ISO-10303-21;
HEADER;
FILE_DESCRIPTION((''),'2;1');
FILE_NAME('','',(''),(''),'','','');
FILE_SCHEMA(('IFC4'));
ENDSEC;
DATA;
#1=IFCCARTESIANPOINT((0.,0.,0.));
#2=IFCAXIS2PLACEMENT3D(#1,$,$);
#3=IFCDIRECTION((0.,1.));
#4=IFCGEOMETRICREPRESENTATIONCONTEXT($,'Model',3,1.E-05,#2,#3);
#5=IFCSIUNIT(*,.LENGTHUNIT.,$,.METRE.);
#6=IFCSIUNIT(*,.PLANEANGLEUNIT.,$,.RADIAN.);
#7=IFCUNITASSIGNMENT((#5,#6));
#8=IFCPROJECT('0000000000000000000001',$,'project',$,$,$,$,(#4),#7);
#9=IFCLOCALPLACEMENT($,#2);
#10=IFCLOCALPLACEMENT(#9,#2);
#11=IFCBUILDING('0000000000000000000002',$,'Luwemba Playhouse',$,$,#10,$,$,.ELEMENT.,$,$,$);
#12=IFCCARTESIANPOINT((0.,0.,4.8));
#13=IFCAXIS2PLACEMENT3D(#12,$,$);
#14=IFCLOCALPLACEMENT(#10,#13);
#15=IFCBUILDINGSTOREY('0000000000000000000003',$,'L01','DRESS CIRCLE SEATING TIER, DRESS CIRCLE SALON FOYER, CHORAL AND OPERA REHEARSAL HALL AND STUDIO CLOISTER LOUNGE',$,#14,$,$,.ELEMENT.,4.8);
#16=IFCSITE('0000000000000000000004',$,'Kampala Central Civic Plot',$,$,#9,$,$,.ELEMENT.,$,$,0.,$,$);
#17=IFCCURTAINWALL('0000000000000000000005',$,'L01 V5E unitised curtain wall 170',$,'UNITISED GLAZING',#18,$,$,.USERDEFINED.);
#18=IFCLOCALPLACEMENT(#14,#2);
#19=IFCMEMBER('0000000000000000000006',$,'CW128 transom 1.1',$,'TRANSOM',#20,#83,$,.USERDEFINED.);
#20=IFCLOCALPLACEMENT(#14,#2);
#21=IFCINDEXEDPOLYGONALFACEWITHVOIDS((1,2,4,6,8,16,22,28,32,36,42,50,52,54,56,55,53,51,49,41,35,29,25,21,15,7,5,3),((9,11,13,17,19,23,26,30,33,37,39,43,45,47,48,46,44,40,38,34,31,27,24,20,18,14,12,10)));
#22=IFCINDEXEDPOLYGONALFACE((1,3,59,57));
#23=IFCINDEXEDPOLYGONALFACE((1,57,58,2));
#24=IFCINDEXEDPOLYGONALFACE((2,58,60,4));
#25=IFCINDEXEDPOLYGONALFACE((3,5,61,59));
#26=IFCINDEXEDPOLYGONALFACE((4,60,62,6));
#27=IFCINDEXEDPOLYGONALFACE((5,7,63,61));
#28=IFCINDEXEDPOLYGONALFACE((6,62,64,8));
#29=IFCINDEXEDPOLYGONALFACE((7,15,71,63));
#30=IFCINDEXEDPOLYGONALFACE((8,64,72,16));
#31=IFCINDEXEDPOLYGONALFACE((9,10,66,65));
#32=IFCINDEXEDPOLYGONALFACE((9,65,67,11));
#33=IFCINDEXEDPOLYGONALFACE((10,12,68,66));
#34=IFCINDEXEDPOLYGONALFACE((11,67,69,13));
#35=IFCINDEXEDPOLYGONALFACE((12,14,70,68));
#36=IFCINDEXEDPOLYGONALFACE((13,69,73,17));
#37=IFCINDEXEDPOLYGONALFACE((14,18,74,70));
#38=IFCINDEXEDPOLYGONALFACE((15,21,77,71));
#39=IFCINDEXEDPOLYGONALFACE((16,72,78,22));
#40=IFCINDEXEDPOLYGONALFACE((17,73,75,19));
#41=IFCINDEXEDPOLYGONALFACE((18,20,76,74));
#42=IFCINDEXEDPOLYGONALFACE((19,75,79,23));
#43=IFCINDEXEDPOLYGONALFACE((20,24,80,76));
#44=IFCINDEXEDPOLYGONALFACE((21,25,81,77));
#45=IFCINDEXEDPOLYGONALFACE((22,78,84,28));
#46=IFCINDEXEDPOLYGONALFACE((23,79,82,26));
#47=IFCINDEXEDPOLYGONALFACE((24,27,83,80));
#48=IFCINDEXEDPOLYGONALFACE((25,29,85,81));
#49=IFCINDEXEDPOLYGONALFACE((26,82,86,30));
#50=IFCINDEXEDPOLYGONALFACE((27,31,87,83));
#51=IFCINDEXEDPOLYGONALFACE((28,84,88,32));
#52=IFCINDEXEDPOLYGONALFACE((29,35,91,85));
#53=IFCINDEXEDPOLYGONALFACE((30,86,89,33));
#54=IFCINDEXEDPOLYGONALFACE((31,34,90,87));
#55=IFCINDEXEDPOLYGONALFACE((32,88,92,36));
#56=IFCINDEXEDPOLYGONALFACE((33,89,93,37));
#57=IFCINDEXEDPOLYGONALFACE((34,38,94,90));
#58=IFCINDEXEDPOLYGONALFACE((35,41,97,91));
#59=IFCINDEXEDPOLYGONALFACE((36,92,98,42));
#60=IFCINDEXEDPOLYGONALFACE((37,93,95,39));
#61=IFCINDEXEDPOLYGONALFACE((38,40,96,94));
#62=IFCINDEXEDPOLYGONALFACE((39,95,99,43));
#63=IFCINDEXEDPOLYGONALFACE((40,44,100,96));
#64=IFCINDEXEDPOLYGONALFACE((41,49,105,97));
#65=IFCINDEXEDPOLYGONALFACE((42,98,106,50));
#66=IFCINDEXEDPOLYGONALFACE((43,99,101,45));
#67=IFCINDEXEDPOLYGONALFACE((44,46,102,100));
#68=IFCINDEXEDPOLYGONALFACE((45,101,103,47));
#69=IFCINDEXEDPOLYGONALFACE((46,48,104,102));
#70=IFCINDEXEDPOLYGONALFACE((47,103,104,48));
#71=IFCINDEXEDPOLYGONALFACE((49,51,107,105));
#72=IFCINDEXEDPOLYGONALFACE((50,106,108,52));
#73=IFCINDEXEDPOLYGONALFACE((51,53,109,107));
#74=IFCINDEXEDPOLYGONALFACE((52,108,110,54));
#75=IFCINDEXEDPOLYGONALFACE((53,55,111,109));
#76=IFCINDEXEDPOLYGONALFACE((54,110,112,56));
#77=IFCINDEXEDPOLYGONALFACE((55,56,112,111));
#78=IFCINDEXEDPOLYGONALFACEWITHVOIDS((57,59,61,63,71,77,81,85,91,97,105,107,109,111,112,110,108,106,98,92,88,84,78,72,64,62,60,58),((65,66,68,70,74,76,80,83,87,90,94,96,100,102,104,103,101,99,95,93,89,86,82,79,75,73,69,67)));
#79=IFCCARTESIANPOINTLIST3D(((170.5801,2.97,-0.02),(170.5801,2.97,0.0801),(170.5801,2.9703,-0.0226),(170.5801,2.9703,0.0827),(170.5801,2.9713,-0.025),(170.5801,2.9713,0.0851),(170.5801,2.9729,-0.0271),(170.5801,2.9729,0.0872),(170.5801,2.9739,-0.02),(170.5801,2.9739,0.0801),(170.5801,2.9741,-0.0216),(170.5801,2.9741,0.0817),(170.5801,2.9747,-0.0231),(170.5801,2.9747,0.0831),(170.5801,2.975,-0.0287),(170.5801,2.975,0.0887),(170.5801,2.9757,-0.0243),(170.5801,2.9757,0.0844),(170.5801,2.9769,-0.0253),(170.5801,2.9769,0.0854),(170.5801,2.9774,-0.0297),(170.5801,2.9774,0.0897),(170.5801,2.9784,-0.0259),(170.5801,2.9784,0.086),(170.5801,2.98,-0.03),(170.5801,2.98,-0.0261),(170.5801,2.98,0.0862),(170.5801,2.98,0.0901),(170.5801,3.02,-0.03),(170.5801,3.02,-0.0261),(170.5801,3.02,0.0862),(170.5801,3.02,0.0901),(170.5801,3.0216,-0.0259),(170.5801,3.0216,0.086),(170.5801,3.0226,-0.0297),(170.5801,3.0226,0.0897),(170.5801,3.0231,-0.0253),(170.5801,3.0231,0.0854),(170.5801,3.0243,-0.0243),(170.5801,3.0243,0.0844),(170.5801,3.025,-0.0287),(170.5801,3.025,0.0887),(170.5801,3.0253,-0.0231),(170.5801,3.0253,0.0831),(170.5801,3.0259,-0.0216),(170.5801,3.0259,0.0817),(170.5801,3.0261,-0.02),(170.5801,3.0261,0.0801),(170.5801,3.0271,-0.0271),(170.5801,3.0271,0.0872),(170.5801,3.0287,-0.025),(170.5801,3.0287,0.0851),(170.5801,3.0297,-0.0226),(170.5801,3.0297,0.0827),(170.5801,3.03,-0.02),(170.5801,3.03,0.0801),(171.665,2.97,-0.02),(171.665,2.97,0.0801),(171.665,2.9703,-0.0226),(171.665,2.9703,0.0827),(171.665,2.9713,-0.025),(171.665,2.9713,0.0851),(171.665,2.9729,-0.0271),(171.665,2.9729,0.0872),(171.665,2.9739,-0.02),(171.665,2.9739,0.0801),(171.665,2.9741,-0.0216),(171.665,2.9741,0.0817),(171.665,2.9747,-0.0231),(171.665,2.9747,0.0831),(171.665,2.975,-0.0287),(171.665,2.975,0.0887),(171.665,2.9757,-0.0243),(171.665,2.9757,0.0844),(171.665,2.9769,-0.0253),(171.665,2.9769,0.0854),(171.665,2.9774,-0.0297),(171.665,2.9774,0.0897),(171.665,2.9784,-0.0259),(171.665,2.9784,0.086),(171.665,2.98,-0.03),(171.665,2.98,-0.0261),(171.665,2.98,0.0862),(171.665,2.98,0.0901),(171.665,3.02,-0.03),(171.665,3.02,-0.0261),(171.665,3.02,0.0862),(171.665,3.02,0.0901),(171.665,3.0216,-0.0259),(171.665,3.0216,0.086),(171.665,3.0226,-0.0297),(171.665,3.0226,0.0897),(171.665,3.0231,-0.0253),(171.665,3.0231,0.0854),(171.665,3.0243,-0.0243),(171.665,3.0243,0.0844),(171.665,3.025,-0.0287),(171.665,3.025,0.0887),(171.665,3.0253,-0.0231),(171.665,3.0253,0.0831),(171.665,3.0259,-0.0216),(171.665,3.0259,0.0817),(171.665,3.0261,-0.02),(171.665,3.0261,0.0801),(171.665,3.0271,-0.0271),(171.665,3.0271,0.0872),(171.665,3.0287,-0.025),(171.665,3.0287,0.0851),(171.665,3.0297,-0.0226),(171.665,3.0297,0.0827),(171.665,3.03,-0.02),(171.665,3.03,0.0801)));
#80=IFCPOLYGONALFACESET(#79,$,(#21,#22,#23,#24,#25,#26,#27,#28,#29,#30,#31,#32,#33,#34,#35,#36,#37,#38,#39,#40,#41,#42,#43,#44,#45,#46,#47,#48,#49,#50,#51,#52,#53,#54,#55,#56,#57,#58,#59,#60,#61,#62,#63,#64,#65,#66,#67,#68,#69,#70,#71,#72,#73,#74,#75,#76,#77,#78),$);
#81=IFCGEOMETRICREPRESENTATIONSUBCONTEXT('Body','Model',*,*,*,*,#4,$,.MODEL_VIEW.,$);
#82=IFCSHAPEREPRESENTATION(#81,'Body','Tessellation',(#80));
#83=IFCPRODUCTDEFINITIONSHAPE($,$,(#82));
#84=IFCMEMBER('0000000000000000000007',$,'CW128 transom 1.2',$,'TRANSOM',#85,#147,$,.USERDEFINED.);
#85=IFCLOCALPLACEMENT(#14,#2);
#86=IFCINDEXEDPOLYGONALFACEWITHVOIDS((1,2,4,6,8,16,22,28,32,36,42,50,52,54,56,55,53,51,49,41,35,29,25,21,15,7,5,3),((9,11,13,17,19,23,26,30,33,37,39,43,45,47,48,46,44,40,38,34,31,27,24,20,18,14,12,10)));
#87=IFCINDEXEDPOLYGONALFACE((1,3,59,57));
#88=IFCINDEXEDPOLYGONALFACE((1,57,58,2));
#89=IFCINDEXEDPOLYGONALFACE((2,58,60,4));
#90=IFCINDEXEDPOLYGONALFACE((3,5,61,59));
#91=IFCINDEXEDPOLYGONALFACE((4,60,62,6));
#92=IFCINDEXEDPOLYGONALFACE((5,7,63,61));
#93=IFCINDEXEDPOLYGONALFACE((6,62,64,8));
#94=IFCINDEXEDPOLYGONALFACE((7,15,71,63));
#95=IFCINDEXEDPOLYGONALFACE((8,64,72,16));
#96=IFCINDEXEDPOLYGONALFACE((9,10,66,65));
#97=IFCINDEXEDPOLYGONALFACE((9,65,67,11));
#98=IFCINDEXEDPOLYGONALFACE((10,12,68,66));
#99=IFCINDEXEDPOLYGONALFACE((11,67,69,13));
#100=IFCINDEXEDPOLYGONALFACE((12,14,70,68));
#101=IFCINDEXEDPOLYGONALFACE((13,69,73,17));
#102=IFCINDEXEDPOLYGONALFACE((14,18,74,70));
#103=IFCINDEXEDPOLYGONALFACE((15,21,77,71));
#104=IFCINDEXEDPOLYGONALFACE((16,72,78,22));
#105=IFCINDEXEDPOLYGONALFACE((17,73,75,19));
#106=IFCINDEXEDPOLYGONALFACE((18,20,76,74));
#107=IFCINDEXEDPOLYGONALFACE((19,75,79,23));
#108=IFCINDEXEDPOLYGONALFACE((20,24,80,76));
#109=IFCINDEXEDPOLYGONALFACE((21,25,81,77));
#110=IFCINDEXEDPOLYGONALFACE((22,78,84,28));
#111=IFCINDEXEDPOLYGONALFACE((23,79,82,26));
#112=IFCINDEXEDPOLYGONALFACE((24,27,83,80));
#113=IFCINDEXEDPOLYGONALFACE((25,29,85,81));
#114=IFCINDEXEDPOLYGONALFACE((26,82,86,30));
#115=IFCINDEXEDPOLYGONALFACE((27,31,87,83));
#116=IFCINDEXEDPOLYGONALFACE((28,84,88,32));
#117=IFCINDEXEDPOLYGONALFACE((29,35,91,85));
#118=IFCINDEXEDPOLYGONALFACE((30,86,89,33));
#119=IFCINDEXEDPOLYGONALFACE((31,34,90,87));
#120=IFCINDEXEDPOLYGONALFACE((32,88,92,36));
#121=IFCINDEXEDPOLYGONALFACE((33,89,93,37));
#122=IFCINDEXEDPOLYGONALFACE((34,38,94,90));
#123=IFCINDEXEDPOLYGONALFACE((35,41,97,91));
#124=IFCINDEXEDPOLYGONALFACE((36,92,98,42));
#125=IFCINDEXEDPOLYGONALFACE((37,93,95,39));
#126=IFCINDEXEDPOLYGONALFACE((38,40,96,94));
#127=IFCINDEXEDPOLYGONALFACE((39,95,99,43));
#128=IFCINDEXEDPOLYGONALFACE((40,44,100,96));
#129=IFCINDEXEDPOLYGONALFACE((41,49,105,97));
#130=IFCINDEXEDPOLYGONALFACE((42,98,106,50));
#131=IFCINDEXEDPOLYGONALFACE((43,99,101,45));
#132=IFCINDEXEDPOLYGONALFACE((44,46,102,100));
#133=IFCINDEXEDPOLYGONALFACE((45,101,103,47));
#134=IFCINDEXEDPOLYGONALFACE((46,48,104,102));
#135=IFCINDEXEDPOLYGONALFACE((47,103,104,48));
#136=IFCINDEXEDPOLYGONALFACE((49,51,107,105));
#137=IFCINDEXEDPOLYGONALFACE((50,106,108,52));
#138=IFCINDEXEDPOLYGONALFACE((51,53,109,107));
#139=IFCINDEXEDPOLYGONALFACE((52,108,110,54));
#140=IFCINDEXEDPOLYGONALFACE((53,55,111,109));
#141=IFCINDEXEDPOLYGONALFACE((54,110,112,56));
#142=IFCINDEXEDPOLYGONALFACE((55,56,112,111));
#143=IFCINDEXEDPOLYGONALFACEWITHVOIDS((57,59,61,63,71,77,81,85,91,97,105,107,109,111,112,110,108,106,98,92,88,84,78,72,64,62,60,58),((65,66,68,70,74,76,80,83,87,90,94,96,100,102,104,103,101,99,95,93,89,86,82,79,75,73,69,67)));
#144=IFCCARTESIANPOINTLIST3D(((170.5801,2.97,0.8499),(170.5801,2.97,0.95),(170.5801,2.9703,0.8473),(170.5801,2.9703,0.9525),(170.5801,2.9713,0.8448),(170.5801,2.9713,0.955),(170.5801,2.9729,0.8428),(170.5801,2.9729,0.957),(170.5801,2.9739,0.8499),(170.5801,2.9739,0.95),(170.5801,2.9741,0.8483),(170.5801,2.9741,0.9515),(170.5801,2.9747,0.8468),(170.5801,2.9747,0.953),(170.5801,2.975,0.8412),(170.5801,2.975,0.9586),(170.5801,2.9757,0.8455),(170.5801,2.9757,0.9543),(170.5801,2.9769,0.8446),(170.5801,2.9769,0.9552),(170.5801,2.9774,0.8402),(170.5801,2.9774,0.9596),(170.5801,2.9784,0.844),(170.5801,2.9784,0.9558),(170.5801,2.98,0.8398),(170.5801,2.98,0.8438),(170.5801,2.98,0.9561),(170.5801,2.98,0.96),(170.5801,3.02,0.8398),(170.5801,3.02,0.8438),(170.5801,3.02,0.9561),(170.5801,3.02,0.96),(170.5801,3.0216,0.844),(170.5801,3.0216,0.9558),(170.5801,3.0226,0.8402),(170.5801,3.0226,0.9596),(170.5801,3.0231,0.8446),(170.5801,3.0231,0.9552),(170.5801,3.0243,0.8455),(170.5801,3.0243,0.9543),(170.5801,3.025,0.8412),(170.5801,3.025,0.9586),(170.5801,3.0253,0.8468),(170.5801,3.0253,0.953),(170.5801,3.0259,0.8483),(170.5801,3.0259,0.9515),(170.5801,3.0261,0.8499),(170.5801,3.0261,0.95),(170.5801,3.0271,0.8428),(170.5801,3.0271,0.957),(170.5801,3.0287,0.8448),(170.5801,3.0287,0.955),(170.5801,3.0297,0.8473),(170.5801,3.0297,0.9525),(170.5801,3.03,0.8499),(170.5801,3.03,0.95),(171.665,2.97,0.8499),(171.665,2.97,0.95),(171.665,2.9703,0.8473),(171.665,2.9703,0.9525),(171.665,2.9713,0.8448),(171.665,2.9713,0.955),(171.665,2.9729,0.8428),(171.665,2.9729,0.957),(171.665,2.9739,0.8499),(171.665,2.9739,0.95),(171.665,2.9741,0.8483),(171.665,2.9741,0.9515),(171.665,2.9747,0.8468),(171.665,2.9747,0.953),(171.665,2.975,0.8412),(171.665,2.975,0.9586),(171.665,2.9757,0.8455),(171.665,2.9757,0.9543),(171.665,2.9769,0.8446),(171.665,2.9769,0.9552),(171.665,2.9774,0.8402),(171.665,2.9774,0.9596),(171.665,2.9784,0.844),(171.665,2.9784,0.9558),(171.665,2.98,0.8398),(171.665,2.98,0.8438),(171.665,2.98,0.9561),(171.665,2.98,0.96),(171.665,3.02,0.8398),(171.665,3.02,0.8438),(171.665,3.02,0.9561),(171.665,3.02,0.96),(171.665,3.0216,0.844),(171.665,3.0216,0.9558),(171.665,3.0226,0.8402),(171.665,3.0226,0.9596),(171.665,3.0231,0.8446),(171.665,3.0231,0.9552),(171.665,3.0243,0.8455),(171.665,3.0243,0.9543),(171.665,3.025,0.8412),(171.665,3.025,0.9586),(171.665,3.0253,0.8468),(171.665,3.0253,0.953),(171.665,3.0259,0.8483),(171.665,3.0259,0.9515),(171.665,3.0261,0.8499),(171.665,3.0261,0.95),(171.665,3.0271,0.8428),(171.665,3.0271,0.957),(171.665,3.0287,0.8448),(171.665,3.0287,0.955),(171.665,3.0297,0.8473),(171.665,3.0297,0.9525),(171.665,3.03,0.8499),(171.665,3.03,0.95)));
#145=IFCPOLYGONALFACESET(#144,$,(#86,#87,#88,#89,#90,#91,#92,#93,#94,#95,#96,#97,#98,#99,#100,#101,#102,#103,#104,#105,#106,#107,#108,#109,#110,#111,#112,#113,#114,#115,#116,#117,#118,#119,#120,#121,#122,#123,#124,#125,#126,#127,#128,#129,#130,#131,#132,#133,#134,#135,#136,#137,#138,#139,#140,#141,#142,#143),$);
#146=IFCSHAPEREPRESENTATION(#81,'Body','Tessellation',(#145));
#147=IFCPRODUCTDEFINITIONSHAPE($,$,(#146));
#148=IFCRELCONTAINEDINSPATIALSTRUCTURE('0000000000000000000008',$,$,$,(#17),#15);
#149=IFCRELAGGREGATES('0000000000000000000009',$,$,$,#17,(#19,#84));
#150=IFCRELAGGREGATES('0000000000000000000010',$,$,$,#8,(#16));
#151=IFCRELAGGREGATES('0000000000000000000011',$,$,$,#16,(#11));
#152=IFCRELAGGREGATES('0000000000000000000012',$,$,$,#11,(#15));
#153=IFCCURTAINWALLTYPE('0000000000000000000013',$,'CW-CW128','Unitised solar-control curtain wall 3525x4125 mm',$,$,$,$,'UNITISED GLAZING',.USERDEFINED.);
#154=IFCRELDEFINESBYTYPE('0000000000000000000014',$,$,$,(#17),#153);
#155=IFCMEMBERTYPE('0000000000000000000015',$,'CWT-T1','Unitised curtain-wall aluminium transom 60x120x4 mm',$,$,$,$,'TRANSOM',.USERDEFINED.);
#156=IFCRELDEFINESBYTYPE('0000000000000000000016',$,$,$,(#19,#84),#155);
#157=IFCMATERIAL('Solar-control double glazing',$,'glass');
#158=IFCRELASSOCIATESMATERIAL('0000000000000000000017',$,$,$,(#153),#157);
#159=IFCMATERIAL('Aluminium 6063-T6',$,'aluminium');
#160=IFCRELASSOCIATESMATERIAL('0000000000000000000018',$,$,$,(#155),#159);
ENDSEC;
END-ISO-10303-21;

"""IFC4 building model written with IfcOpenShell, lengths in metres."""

from ifc_helpers import new_model, si_unit, direction, frame, origin, origin_2d, place, context, subcontext, project, spatial, hollow_rectangle, extrude, material, material_profile, profile_set, type_object, element, aggregate, save


model = new_model("IFC4")

# Units and contexts
model_context = context("Model", 3, precision=1e-05, world=origin(), true_north=direction((0.0, 1.0)))
body_context = subcontext(model_context, "Body", "Model", "MODEL_VIEW")
ifc_project = project(units=[si_unit("LENGTHUNIT", "METRE"), si_unit("PLANEANGLEUNIT", "RADIAN")], contexts=[model_context])

# Site, building, storey
site_placement = place(None, origin())
site = spatial("IfcSite", under=ifc_project, at=site_placement, Name="Kampala Central Civic Plot", CompositionType="ELEMENT", RefElevation=0.0)
building_placement = place(site_placement, origin())
building = spatial("IfcBuilding", under=site, at=building_placement, Name="Luwemba Playhouse", CompositionType="ELEMENT")
storey_placement = place(building_placement, frame((0.0, 0.0, 4.8)))
storey = spatial("IfcBuildingStorey", under=building, at=storey_placement, Name="L01", Description="DRESS CIRCLE SEATING TIER, DRESS CIRCLE SALON FOYER, CHORAL AND OPERA REHEARSAL HALL AND STUDIO CLOISTER LOUNGE", CompositionType="ELEMENT", Elevation=4.8)

# Curtain wall
ifc_material_1 = material(Name="Solar-control double glazing", Category="glass")
curtain_wall_type_1 = type_object("IfcCurtainWallType", Name="CW-CW128", Description="Unitised solar-control curtain wall 3525x4125 mm", ElementType="UNITISED GLAZING", PredefinedType="USERDEFINED", material=ifc_material_1)
curtain_wall_1_placement = place(storey_placement, origin())
curtain_wall_1 = element("IfcCurtainWall", 1, at=curtain_wall_1_placement, inside=storey, type_object=curtain_wall_type_1, Name="L01 V5E unitised curtain wall 170", ObjectType="UNITISED GLAZING", PredefinedType="USERDEFINED")
ifc_material_2 = material(Name="Aluminium 6063-T6", Category="aluminium")

# Members
ifc_material_profile_1 = material_profile(ifc_material_2, hollow_rectangle(XDim=0.0601, YDim=0.1201, WallThickness=0.0039, InnerFilletRadius=0.0061, OuterFilletRadius=0.01, at=origin_2d()))
ifc_profile_set_1 = profile_set([ifc_material_profile_1], Name="Aluminium 6063-T6")
member_type_1 = type_object("IfcMemberType", Name="CWT-T1", Description="Unitised curtain-wall aluminium transom 60x120x4 mm", ElementType="TRANSOM", PredefinedType="USERDEFINED", material=ifc_profile_set_1)
member_1_placement = place(storey_placement, frame((171.665, 3.0, 0.03), z_axis=(-1.0, 0.0, 0.0), x_axis=(0.0, -1.0, 0.0)))
member_1 = element("IfcMember", 2, at=member_1_placement, type_object=member_type_1, Name="CW128 transom 1.1", ObjectType="TRANSOM", PredefinedType="USERDEFINED", context=body_context, shape_type="SweptSolid", body=[
    extrude(hollow_rectangle(XDim=0.0601, YDim=0.1201, WallThickness=0.0039, InnerFilletRadius=0.0061, OuterFilletRadius=0.01, at=origin_2d()), origin(), (0.0, 0.0, 1.0), 1.085),
])
member_2_placement = place(storey_placement, frame((171.665, 3.0, 0.8999), z_axis=(-1.0, 0.0, 0.0), x_axis=(0.0, -1.0, 0.0)))
member_2 = element("IfcMember", 3, at=member_2_placement, type_object=member_type_1, Name="CW128 transom 1.2", ObjectType="TRANSOM", PredefinedType="USERDEFINED", context=body_context, shape_type="SweptSolid", body=[
    extrude(hollow_rectangle(XDim=0.0601, YDim=0.1201, WallThickness=0.0039, InnerFilletRadius=0.0061, OuterFilletRadius=0.01, at=origin_2d()), origin(), (0.0, 0.0, 1.0), 1.085),
])

aggregate(curtain_wall_1, [member_1, member_2])

save(model, "model.ifc")
